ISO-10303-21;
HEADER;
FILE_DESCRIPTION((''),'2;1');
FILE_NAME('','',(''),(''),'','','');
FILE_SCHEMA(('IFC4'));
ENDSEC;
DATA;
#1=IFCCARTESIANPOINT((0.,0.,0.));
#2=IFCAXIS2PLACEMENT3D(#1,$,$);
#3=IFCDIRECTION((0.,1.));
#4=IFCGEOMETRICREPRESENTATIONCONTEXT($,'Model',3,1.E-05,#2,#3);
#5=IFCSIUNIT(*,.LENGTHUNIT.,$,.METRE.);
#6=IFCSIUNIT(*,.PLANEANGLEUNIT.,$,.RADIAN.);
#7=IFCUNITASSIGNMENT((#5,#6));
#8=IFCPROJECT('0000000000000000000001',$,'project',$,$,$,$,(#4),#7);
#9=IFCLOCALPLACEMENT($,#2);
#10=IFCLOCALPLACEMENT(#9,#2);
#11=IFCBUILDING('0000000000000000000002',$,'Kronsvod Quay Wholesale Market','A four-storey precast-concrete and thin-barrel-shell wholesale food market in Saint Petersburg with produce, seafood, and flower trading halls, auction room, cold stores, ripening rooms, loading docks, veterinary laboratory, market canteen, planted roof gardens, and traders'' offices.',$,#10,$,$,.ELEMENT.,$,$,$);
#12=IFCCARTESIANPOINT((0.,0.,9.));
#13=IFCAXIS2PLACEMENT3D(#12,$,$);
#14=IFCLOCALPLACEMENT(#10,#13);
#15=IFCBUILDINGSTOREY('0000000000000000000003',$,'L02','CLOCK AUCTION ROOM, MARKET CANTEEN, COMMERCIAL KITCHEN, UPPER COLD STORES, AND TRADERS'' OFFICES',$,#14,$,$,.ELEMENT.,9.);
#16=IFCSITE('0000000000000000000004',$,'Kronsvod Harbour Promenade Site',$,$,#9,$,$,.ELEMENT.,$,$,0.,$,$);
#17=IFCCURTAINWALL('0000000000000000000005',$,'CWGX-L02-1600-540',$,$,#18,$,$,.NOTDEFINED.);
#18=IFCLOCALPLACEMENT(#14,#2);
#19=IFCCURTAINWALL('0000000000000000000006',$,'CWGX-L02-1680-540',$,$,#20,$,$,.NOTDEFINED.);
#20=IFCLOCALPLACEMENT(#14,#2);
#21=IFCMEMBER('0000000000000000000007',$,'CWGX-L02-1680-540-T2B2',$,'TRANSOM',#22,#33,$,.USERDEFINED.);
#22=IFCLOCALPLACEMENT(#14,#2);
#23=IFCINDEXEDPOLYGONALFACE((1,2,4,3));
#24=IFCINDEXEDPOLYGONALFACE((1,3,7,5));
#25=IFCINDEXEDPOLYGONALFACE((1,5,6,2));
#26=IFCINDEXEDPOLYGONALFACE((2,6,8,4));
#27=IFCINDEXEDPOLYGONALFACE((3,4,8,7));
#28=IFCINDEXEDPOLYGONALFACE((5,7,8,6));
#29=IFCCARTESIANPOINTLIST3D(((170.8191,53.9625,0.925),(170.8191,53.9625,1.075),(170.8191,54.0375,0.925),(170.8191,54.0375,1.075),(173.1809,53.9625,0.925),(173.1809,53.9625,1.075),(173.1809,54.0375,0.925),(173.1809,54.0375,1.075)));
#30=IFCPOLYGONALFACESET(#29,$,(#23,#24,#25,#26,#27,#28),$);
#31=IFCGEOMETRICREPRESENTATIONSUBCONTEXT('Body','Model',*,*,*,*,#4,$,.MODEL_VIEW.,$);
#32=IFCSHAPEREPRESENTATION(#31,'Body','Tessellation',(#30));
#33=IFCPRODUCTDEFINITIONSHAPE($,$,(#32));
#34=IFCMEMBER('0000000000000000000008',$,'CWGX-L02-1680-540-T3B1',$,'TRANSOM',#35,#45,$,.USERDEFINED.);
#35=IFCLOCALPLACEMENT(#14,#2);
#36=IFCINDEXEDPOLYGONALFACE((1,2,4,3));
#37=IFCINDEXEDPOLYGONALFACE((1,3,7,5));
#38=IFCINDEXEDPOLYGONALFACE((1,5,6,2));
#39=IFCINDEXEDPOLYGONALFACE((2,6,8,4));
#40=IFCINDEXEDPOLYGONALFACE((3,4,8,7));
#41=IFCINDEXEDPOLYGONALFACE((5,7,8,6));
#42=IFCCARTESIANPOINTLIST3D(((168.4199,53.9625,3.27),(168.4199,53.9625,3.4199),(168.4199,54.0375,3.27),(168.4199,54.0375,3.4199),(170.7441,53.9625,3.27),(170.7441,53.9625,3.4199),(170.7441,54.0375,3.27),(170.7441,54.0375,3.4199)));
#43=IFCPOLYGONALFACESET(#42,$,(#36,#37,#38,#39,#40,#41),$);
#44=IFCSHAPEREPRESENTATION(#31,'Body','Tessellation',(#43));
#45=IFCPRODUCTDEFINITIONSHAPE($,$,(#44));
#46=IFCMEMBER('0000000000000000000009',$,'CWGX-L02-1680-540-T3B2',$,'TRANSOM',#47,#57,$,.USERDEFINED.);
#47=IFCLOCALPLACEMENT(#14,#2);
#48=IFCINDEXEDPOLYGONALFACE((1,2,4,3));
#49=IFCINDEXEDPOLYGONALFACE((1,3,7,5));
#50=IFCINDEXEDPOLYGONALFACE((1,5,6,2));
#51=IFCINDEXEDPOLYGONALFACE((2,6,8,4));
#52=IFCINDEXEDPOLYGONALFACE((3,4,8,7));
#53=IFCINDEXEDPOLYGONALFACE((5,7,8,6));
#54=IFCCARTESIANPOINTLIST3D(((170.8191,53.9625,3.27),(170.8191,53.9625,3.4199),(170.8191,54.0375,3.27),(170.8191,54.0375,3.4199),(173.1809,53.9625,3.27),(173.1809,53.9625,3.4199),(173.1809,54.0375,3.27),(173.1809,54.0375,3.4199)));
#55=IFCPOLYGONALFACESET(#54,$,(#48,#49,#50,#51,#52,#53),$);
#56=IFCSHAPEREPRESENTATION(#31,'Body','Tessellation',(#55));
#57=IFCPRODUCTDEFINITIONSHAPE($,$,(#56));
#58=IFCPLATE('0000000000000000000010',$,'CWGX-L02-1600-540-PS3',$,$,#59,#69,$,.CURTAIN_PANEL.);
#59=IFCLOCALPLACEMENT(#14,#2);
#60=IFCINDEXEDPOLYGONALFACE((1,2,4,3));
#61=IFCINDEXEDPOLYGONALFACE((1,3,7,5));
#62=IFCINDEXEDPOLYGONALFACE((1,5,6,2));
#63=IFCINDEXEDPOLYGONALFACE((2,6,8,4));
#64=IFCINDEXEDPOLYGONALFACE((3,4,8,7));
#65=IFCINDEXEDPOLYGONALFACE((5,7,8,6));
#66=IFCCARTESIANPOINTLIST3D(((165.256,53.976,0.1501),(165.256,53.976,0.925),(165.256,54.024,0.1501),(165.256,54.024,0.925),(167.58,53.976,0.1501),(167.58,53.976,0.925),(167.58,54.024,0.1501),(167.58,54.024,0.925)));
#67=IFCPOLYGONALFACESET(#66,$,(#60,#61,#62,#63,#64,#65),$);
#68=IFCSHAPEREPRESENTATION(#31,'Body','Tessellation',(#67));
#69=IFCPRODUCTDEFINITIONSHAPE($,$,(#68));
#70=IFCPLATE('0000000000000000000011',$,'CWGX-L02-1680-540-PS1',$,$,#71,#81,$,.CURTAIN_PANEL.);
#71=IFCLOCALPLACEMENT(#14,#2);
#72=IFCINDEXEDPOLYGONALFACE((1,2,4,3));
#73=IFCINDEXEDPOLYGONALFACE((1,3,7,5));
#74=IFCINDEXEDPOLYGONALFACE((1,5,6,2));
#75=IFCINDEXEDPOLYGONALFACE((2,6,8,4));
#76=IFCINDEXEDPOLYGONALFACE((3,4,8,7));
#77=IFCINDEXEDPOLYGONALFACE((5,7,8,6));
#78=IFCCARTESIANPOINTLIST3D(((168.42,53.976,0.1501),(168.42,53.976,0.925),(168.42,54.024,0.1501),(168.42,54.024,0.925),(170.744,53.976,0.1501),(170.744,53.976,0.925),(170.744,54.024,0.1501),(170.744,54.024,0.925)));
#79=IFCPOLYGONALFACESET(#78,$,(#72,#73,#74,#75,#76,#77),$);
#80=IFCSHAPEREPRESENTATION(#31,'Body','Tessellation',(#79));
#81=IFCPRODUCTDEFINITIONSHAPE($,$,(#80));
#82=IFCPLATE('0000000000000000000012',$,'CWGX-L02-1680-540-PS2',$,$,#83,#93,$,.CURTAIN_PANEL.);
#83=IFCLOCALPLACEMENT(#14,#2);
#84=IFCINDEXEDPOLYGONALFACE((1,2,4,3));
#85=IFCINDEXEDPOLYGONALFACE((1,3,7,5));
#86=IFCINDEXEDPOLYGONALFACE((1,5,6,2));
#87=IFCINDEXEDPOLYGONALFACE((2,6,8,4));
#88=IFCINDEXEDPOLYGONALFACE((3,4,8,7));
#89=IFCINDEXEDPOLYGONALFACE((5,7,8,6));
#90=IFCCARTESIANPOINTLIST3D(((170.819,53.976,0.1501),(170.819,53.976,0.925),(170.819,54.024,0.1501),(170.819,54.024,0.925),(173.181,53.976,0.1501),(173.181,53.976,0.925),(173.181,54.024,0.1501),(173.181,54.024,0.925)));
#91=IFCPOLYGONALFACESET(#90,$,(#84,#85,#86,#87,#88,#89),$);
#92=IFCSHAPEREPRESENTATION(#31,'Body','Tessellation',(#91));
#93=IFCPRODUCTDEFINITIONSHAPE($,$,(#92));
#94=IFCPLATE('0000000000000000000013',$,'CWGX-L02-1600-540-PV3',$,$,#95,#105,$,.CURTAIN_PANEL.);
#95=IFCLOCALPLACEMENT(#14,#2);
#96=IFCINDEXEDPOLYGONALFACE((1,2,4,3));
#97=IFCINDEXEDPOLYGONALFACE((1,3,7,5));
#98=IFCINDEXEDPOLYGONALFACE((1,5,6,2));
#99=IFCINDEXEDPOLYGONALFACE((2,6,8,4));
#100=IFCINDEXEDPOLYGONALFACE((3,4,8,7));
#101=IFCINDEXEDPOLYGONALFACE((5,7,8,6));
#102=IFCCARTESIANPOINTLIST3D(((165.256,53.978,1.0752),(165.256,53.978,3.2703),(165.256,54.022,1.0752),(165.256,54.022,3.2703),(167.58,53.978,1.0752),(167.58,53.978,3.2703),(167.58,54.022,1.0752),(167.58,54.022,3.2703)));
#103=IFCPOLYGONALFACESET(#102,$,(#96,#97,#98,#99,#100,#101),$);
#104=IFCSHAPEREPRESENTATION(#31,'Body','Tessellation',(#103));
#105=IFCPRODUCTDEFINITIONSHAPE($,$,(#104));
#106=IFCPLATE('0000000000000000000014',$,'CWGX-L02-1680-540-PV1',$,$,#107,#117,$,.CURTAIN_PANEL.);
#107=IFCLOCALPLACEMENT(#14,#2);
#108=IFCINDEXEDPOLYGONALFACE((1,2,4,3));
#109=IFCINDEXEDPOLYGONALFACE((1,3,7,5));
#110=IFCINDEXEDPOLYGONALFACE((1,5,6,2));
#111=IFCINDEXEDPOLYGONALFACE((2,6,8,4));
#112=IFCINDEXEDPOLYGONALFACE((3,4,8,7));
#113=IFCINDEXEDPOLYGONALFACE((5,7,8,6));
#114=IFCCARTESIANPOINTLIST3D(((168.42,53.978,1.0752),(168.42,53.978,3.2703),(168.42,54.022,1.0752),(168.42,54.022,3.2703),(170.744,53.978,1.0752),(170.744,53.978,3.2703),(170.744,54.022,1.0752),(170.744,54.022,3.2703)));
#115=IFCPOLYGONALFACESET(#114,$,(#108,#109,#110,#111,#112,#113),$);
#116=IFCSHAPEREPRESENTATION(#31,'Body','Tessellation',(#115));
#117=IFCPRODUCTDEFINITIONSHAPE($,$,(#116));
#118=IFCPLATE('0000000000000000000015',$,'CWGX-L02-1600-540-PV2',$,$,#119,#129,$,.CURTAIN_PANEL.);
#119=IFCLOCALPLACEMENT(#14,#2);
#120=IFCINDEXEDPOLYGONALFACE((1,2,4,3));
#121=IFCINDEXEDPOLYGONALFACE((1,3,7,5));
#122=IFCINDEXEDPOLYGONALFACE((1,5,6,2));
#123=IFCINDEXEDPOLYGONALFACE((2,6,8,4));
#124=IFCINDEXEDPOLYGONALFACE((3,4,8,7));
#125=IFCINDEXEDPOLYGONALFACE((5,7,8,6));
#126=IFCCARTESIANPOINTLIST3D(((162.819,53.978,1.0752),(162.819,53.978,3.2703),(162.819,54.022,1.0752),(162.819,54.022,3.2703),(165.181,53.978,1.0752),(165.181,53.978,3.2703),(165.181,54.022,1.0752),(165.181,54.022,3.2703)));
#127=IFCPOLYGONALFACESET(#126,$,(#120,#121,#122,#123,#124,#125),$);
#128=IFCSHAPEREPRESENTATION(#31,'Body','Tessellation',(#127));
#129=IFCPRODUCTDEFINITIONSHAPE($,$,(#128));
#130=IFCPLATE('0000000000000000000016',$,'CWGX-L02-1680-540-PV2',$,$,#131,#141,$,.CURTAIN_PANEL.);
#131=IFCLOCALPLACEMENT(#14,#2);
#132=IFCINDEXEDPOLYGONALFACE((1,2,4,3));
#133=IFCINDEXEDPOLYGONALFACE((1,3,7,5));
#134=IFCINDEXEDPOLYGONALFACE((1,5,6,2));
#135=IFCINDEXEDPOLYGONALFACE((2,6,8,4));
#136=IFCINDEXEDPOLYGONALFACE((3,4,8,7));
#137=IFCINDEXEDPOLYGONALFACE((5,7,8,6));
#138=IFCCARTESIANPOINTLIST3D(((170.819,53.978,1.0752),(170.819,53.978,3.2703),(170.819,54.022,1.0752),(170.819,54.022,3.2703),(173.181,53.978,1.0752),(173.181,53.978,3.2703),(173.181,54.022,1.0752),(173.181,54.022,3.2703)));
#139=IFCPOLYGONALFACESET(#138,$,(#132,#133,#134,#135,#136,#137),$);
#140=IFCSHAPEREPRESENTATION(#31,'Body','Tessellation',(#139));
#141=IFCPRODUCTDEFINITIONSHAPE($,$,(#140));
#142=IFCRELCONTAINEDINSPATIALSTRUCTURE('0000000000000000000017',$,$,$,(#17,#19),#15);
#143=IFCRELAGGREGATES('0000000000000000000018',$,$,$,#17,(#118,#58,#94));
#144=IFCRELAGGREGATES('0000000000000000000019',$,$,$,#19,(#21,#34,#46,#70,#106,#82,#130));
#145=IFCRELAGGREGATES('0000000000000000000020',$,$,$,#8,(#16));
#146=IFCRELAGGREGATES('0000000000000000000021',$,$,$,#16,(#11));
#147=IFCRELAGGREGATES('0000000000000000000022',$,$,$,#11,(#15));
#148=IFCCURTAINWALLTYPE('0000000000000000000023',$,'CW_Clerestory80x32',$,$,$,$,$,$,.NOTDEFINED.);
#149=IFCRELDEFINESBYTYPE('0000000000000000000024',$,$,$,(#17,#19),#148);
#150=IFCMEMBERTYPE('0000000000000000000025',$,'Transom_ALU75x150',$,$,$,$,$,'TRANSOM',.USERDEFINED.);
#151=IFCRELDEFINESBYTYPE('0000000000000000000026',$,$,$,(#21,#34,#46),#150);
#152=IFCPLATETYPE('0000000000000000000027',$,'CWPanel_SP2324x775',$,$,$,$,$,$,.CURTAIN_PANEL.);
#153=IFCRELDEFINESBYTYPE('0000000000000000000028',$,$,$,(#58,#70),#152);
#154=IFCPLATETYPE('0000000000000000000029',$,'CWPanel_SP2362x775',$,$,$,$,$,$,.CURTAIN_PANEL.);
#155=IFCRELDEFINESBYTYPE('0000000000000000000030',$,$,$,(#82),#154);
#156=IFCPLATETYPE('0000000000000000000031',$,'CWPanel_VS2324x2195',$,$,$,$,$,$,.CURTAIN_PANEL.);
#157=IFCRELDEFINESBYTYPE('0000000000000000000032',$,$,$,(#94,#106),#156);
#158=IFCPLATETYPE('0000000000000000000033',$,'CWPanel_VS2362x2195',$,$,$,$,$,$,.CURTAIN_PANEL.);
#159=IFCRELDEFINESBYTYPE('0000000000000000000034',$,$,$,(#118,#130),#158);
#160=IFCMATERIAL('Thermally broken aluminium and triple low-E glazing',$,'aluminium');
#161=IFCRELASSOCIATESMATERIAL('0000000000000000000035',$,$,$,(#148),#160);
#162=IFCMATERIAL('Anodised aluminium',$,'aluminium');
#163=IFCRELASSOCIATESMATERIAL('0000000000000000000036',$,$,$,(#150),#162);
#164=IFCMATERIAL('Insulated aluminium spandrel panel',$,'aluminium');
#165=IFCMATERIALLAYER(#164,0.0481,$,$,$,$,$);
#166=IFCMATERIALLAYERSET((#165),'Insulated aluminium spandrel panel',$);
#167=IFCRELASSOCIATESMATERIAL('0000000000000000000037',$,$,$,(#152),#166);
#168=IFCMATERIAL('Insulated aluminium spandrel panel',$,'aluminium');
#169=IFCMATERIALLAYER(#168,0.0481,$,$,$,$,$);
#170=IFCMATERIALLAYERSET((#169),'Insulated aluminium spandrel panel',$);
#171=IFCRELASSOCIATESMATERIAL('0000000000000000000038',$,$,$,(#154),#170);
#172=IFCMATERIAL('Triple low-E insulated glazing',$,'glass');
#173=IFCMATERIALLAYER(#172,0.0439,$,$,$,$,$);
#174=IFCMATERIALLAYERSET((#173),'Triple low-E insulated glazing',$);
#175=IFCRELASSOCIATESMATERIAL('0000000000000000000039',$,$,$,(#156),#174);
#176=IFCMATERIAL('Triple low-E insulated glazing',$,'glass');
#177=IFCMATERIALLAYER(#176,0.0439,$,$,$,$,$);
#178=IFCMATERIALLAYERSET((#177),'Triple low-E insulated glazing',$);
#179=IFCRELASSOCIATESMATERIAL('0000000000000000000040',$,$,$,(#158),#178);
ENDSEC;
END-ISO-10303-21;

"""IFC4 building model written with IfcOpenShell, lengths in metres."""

from ifc_helpers import new_model, si_unit, direction, frame, origin, origin_2d, place, context, subcontext, project, spatial, rectangle, extrude, material, layer, layer_set, material_profile, profile_set, type_object, element, aggregate, save


model = new_model("IFC4")

# Units and contexts
model_context = context("Model", 3, precision=1e-05, world=origin(), true_north=direction((0.0, 1.0)))
body_context = subcontext(model_context, "Body", "Model", "MODEL_VIEW")
ifc_project = project(units=[si_unit("LENGTHUNIT", "METRE"), si_unit("PLANEANGLEUNIT", "RADIAN")], contexts=[model_context])

# Site, building, storey
site_placement = place(None, origin())
site = spatial("IfcSite", under=ifc_project, at=site_placement, Name="Kronsvod Harbour Promenade Site", CompositionType="ELEMENT", RefElevation=0.0)
building_placement = place(site_placement, origin())
building = spatial("IfcBuilding", under=site, at=building_placement, Name="Kronsvod Quay Wholesale Market", Description="A four-storey precast-concrete and thin-barrel-shell wholesale food market in Saint Petersburg with produce, seafood, and flower trading halls, auction room, cold stores, ripening rooms, loading docks, veterinary laboratory, market canteen, planted roof gardens, and traders' offices.", CompositionType="ELEMENT")
storey_placement = place(building_placement, frame((0.0, 0.0, 9.0)))
storey = spatial("IfcBuildingStorey", under=building, at=storey_placement, Name="L02", Description="CLOCK AUCTION ROOM, MARKET CANTEEN, COMMERCIAL KITCHEN, UPPER COLD STORES, AND TRADERS' OFFICES", CompositionType="ELEMENT", Elevation=9.0)

# Curtain walls
ifc_material_1 = material(Name="Thermally broken aluminium and triple low-E glazing", Category="aluminium")
curtain_wall_type = type_object("IfcCurtainWallType", Name="CW_Clerestory80x32", PredefinedType="NOTDEFINED", material=ifc_material_1)
curtain_wall_1_placement = place(storey_placement, origin())
curtain_wall_1 = element("IfcCurtainWall", 1, at=curtain_wall_1_placement, inside=storey, type_object=curtain_wall_type, Name="CWGX-L02-1600-540", PredefinedType="NOTDEFINED")
curtain_wall_2_placement = place(storey_placement, origin())
curtain_wall_2 = element("IfcCurtainWall", 2, at=curtain_wall_2_placement, inside=storey, type_object=curtain_wall_type, Name="CWGX-L02-1680-540", PredefinedType="NOTDEFINED")

# Members
ifc_material_2 = material(Name="Anodised aluminium", Category="aluminium")
ifc_material_profile_1 = material_profile(ifc_material_2, rectangle(XDim=0.075, YDim=0.1499, at=origin_2d()), Name="ALUT75x150")
ifc_profile_set_1 = profile_set([ifc_material_profile_1], Name="Anodised aluminium")
member_type_1 = type_object("IfcMemberType", Name="Transom_ALU75x150", ElementType="TRANSOM", PredefinedType="USERDEFINED", material=ifc_profile_set_1)
member_1_placement = place(storey_placement, frame((170.8191, 54.0, 1.0), z_axis=(1.0, 0.0, 0.0), x_axis=(0.0, 1.0, 0.0)))
member_1 = element("IfcMember", 3, at=member_1_placement, type_object=member_type_1, Name="CWGX-L02-1680-540-T2B2", ObjectType="TRANSOM", PredefinedType="USERDEFINED", context=body_context, shape_type="SweptSolid", body=[
    extrude(rectangle(XDim=0.075, YDim=0.1499, at=origin_2d()), origin(), (0.0, 0.0, 1.0), 2.3618),
])
member_2_placement = place(storey_placement, frame((168.4199, 54.0, 3.345), z_axis=(1.0, 0.0, 0.0), x_axis=(0.0, 1.0, 0.0)))
member_2 = element("IfcMember", 4, at=member_2_placement, type_object=member_type_1, Name="CWGX-L02-1680-540-T3B1", ObjectType="TRANSOM", PredefinedType="USERDEFINED", context=body_context, shape_type="SweptSolid", body=[
    extrude(rectangle(XDim=0.075, YDim=0.1499, at=origin_2d()), origin(), (0.0, 0.0, 1.0), 2.3242),
])
member_3_placement = place(storey_placement, frame((170.8191, 54.0, 3.345), z_axis=(1.0, 0.0, 0.0), x_axis=(0.0, 1.0, 0.0)))
member_3 = element("IfcMember", 5, at=member_3_placement, type_object=member_type_1, Name="CWGX-L02-1680-540-T3B2", ObjectType="TRANSOM", PredefinedType="USERDEFINED", context=body_context, shape_type="SweptSolid", body=[
    extrude(rectangle(XDim=0.075, YDim=0.1499, at=origin_2d()), origin(), (0.0, 0.0, 1.0), 2.3618),
])

# Plates
ifc_material_3 = material(Name="Insulated aluminium spandrel panel", Category="aluminium")
ifc_layer_1 = layer(ifc_material_3, 0.0481)
ifc_layer_set_1 = layer_set([ifc_layer_1], Name="Insulated aluminium spandrel panel")
plate_type_1 = type_object("IfcPlateType", Name="CWPanel_SP2324x775", PredefinedType="CURTAIN_PANEL", material=ifc_layer_set_1)
plate_1_placement = place(storey_placement, frame((166.418, 54.0, 0.1501), z_axis=(0.0, 0.0, 1.0), x_axis=(1.0, 0.0, 0.0)))
plate_1 = element("IfcPlate", 6, at=plate_1_placement, type_object=plate_type_1, Name="CWGX-L02-1600-540-PS3", PredefinedType="CURTAIN_PANEL", context=body_context, shape_type="SweptSolid", body=[
    extrude(rectangle(XDim=2.324, YDim=0.0481, at=origin_2d()), origin(), (0.0, 0.0, 1.0), 0.7749),
])
plate_2_placement = place(storey_placement, frame((169.582, 54.0, 0.1501), z_axis=(0.0, 0.0, 1.0), x_axis=(1.0, 0.0, 0.0)))
plate_2 = element("IfcPlate", 7, at=plate_2_placement, type_object=plate_type_1, Name="CWGX-L02-1680-540-PS1", PredefinedType="CURTAIN_PANEL", context=body_context, shape_type="SweptSolid", body=[
    extrude(rectangle(XDim=2.324, YDim=0.0481, at=origin_2d()), origin(), (0.0, 0.0, 1.0), 0.7749),
])
ifc_material_4 = material(Name="Insulated aluminium spandrel panel", Category="aluminium")
ifc_layer_2 = layer(ifc_material_4, 0.0481)
ifc_layer_set_2 = layer_set([ifc_layer_2], Name="Insulated aluminium spandrel panel")
plate_type_2 = type_object("IfcPlateType", Name="CWPanel_SP2362x775", PredefinedType="CURTAIN_PANEL", material=ifc_layer_set_2)
plate_3_placement = place(storey_placement, frame((172.0, 54.0, 0.1501), z_axis=(0.0, 0.0, 1.0), x_axis=(1.0, 0.0, 0.0)))
plate_3 = element("IfcPlate", 8, at=plate_3_placement, type_object=plate_type_2, Name="CWGX-L02-1680-540-PS2", PredefinedType="CURTAIN_PANEL", context=body_context, shape_type="SweptSolid", body=[
    extrude(rectangle(XDim=2.3621, YDim=0.0481, at=origin_2d()), origin(), (0.0, 0.0, 1.0), 0.7749),
])
ifc_material_5 = material(Name="Triple low-E insulated glazing", Category="glass")
ifc_layer_3 = layer(ifc_material_5, 0.0439)
ifc_layer_set_3 = layer_set([ifc_layer_3], Name="Triple low-E insulated glazing")
plate_type_3 = type_object("IfcPlateType", Name="CWPanel_VS2324x2195", PredefinedType="CURTAIN_PANEL", material=ifc_layer_set_3)
plate_4_placement = place(storey_placement, frame((166.418, 54.0, 1.0752), z_axis=(0.0, 0.0, 1.0), x_axis=(1.0, 0.0, 0.0)))
plate_4 = element("IfcPlate", 9, at=plate_4_placement, type_object=plate_type_3, Name="CWGX-L02-1600-540-PV3", PredefinedType="CURTAIN_PANEL", context=body_context, shape_type="SweptSolid", body=[
    extrude(rectangle(XDim=2.324, YDim=0.0439, at=origin_2d()), origin(), (0.0, 0.0, 1.0), 2.1951),
])
plate_5_placement = place(storey_placement, frame((169.582, 54.0, 1.0752), z_axis=(0.0, 0.0, 1.0), x_axis=(1.0, 0.0, 0.0)))
plate_5 = element("IfcPlate", 10, at=plate_5_placement, type_object=plate_type_3, Name="CWGX-L02-1680-540-PV1", PredefinedType="CURTAIN_PANEL", context=body_context, shape_type="SweptSolid", body=[
    extrude(rectangle(XDim=2.324, YDim=0.0439, at=origin_2d()), origin(), (0.0, 0.0, 1.0), 2.1951),
])
ifc_material_6 = material(Name="Triple low-E insulated glazing", Category="glass")
ifc_layer_4 = layer(ifc_material_6, 0.0439)
ifc_layer_set_4 = layer_set([ifc_layer_4], Name="Triple low-E insulated glazing")
plate_type_4 = type_object("IfcPlateType", Name="CWPanel_VS2362x2195", PredefinedType="CURTAIN_PANEL", material=ifc_layer_set_4)
plate_6_placement = place(storey_placement, frame((164.0, 54.0, 1.0752), z_axis=(0.0, 0.0, 1.0), x_axis=(1.0, 0.0, 0.0)))
plate_6 = element("IfcPlate", 11, at=plate_6_placement, type_object=plate_type_4, Name="CWGX-L02-1600-540-PV2", PredefinedType="CURTAIN_PANEL", context=body_context, shape_type="SweptSolid", body=[
    extrude(rectangle(XDim=2.3621, YDim=0.0439, at=origin_2d()), origin(), (0.0, 0.0, 1.0), 2.1951),
])
aggregate(curtain_wall_1, [plate_6, plate_1, plate_4])
plate_7_placement = place(storey_placement, frame((172.0, 54.0, 1.0752), z_axis=(0.0, 0.0, 1.0), x_axis=(1.0, 0.0, 0.0)))
plate_7 = element("IfcPlate", 12, at=plate_7_placement, type_object=plate_type_4, Name="CWGX-L02-1680-540-PV2", PredefinedType="CURTAIN_PANEL", context=body_context, shape_type="SweptSolid", body=[
    extrude(rectangle(XDim=2.3621, YDim=0.0439, at=origin_2d()), origin(), (0.0, 0.0, 1.0), 2.1951),
])
aggregate(curtain_wall_2, [member_1, member_2, member_3, plate_2, plate_5, plate_3, plate_7])

save(model, "model.ifc")
